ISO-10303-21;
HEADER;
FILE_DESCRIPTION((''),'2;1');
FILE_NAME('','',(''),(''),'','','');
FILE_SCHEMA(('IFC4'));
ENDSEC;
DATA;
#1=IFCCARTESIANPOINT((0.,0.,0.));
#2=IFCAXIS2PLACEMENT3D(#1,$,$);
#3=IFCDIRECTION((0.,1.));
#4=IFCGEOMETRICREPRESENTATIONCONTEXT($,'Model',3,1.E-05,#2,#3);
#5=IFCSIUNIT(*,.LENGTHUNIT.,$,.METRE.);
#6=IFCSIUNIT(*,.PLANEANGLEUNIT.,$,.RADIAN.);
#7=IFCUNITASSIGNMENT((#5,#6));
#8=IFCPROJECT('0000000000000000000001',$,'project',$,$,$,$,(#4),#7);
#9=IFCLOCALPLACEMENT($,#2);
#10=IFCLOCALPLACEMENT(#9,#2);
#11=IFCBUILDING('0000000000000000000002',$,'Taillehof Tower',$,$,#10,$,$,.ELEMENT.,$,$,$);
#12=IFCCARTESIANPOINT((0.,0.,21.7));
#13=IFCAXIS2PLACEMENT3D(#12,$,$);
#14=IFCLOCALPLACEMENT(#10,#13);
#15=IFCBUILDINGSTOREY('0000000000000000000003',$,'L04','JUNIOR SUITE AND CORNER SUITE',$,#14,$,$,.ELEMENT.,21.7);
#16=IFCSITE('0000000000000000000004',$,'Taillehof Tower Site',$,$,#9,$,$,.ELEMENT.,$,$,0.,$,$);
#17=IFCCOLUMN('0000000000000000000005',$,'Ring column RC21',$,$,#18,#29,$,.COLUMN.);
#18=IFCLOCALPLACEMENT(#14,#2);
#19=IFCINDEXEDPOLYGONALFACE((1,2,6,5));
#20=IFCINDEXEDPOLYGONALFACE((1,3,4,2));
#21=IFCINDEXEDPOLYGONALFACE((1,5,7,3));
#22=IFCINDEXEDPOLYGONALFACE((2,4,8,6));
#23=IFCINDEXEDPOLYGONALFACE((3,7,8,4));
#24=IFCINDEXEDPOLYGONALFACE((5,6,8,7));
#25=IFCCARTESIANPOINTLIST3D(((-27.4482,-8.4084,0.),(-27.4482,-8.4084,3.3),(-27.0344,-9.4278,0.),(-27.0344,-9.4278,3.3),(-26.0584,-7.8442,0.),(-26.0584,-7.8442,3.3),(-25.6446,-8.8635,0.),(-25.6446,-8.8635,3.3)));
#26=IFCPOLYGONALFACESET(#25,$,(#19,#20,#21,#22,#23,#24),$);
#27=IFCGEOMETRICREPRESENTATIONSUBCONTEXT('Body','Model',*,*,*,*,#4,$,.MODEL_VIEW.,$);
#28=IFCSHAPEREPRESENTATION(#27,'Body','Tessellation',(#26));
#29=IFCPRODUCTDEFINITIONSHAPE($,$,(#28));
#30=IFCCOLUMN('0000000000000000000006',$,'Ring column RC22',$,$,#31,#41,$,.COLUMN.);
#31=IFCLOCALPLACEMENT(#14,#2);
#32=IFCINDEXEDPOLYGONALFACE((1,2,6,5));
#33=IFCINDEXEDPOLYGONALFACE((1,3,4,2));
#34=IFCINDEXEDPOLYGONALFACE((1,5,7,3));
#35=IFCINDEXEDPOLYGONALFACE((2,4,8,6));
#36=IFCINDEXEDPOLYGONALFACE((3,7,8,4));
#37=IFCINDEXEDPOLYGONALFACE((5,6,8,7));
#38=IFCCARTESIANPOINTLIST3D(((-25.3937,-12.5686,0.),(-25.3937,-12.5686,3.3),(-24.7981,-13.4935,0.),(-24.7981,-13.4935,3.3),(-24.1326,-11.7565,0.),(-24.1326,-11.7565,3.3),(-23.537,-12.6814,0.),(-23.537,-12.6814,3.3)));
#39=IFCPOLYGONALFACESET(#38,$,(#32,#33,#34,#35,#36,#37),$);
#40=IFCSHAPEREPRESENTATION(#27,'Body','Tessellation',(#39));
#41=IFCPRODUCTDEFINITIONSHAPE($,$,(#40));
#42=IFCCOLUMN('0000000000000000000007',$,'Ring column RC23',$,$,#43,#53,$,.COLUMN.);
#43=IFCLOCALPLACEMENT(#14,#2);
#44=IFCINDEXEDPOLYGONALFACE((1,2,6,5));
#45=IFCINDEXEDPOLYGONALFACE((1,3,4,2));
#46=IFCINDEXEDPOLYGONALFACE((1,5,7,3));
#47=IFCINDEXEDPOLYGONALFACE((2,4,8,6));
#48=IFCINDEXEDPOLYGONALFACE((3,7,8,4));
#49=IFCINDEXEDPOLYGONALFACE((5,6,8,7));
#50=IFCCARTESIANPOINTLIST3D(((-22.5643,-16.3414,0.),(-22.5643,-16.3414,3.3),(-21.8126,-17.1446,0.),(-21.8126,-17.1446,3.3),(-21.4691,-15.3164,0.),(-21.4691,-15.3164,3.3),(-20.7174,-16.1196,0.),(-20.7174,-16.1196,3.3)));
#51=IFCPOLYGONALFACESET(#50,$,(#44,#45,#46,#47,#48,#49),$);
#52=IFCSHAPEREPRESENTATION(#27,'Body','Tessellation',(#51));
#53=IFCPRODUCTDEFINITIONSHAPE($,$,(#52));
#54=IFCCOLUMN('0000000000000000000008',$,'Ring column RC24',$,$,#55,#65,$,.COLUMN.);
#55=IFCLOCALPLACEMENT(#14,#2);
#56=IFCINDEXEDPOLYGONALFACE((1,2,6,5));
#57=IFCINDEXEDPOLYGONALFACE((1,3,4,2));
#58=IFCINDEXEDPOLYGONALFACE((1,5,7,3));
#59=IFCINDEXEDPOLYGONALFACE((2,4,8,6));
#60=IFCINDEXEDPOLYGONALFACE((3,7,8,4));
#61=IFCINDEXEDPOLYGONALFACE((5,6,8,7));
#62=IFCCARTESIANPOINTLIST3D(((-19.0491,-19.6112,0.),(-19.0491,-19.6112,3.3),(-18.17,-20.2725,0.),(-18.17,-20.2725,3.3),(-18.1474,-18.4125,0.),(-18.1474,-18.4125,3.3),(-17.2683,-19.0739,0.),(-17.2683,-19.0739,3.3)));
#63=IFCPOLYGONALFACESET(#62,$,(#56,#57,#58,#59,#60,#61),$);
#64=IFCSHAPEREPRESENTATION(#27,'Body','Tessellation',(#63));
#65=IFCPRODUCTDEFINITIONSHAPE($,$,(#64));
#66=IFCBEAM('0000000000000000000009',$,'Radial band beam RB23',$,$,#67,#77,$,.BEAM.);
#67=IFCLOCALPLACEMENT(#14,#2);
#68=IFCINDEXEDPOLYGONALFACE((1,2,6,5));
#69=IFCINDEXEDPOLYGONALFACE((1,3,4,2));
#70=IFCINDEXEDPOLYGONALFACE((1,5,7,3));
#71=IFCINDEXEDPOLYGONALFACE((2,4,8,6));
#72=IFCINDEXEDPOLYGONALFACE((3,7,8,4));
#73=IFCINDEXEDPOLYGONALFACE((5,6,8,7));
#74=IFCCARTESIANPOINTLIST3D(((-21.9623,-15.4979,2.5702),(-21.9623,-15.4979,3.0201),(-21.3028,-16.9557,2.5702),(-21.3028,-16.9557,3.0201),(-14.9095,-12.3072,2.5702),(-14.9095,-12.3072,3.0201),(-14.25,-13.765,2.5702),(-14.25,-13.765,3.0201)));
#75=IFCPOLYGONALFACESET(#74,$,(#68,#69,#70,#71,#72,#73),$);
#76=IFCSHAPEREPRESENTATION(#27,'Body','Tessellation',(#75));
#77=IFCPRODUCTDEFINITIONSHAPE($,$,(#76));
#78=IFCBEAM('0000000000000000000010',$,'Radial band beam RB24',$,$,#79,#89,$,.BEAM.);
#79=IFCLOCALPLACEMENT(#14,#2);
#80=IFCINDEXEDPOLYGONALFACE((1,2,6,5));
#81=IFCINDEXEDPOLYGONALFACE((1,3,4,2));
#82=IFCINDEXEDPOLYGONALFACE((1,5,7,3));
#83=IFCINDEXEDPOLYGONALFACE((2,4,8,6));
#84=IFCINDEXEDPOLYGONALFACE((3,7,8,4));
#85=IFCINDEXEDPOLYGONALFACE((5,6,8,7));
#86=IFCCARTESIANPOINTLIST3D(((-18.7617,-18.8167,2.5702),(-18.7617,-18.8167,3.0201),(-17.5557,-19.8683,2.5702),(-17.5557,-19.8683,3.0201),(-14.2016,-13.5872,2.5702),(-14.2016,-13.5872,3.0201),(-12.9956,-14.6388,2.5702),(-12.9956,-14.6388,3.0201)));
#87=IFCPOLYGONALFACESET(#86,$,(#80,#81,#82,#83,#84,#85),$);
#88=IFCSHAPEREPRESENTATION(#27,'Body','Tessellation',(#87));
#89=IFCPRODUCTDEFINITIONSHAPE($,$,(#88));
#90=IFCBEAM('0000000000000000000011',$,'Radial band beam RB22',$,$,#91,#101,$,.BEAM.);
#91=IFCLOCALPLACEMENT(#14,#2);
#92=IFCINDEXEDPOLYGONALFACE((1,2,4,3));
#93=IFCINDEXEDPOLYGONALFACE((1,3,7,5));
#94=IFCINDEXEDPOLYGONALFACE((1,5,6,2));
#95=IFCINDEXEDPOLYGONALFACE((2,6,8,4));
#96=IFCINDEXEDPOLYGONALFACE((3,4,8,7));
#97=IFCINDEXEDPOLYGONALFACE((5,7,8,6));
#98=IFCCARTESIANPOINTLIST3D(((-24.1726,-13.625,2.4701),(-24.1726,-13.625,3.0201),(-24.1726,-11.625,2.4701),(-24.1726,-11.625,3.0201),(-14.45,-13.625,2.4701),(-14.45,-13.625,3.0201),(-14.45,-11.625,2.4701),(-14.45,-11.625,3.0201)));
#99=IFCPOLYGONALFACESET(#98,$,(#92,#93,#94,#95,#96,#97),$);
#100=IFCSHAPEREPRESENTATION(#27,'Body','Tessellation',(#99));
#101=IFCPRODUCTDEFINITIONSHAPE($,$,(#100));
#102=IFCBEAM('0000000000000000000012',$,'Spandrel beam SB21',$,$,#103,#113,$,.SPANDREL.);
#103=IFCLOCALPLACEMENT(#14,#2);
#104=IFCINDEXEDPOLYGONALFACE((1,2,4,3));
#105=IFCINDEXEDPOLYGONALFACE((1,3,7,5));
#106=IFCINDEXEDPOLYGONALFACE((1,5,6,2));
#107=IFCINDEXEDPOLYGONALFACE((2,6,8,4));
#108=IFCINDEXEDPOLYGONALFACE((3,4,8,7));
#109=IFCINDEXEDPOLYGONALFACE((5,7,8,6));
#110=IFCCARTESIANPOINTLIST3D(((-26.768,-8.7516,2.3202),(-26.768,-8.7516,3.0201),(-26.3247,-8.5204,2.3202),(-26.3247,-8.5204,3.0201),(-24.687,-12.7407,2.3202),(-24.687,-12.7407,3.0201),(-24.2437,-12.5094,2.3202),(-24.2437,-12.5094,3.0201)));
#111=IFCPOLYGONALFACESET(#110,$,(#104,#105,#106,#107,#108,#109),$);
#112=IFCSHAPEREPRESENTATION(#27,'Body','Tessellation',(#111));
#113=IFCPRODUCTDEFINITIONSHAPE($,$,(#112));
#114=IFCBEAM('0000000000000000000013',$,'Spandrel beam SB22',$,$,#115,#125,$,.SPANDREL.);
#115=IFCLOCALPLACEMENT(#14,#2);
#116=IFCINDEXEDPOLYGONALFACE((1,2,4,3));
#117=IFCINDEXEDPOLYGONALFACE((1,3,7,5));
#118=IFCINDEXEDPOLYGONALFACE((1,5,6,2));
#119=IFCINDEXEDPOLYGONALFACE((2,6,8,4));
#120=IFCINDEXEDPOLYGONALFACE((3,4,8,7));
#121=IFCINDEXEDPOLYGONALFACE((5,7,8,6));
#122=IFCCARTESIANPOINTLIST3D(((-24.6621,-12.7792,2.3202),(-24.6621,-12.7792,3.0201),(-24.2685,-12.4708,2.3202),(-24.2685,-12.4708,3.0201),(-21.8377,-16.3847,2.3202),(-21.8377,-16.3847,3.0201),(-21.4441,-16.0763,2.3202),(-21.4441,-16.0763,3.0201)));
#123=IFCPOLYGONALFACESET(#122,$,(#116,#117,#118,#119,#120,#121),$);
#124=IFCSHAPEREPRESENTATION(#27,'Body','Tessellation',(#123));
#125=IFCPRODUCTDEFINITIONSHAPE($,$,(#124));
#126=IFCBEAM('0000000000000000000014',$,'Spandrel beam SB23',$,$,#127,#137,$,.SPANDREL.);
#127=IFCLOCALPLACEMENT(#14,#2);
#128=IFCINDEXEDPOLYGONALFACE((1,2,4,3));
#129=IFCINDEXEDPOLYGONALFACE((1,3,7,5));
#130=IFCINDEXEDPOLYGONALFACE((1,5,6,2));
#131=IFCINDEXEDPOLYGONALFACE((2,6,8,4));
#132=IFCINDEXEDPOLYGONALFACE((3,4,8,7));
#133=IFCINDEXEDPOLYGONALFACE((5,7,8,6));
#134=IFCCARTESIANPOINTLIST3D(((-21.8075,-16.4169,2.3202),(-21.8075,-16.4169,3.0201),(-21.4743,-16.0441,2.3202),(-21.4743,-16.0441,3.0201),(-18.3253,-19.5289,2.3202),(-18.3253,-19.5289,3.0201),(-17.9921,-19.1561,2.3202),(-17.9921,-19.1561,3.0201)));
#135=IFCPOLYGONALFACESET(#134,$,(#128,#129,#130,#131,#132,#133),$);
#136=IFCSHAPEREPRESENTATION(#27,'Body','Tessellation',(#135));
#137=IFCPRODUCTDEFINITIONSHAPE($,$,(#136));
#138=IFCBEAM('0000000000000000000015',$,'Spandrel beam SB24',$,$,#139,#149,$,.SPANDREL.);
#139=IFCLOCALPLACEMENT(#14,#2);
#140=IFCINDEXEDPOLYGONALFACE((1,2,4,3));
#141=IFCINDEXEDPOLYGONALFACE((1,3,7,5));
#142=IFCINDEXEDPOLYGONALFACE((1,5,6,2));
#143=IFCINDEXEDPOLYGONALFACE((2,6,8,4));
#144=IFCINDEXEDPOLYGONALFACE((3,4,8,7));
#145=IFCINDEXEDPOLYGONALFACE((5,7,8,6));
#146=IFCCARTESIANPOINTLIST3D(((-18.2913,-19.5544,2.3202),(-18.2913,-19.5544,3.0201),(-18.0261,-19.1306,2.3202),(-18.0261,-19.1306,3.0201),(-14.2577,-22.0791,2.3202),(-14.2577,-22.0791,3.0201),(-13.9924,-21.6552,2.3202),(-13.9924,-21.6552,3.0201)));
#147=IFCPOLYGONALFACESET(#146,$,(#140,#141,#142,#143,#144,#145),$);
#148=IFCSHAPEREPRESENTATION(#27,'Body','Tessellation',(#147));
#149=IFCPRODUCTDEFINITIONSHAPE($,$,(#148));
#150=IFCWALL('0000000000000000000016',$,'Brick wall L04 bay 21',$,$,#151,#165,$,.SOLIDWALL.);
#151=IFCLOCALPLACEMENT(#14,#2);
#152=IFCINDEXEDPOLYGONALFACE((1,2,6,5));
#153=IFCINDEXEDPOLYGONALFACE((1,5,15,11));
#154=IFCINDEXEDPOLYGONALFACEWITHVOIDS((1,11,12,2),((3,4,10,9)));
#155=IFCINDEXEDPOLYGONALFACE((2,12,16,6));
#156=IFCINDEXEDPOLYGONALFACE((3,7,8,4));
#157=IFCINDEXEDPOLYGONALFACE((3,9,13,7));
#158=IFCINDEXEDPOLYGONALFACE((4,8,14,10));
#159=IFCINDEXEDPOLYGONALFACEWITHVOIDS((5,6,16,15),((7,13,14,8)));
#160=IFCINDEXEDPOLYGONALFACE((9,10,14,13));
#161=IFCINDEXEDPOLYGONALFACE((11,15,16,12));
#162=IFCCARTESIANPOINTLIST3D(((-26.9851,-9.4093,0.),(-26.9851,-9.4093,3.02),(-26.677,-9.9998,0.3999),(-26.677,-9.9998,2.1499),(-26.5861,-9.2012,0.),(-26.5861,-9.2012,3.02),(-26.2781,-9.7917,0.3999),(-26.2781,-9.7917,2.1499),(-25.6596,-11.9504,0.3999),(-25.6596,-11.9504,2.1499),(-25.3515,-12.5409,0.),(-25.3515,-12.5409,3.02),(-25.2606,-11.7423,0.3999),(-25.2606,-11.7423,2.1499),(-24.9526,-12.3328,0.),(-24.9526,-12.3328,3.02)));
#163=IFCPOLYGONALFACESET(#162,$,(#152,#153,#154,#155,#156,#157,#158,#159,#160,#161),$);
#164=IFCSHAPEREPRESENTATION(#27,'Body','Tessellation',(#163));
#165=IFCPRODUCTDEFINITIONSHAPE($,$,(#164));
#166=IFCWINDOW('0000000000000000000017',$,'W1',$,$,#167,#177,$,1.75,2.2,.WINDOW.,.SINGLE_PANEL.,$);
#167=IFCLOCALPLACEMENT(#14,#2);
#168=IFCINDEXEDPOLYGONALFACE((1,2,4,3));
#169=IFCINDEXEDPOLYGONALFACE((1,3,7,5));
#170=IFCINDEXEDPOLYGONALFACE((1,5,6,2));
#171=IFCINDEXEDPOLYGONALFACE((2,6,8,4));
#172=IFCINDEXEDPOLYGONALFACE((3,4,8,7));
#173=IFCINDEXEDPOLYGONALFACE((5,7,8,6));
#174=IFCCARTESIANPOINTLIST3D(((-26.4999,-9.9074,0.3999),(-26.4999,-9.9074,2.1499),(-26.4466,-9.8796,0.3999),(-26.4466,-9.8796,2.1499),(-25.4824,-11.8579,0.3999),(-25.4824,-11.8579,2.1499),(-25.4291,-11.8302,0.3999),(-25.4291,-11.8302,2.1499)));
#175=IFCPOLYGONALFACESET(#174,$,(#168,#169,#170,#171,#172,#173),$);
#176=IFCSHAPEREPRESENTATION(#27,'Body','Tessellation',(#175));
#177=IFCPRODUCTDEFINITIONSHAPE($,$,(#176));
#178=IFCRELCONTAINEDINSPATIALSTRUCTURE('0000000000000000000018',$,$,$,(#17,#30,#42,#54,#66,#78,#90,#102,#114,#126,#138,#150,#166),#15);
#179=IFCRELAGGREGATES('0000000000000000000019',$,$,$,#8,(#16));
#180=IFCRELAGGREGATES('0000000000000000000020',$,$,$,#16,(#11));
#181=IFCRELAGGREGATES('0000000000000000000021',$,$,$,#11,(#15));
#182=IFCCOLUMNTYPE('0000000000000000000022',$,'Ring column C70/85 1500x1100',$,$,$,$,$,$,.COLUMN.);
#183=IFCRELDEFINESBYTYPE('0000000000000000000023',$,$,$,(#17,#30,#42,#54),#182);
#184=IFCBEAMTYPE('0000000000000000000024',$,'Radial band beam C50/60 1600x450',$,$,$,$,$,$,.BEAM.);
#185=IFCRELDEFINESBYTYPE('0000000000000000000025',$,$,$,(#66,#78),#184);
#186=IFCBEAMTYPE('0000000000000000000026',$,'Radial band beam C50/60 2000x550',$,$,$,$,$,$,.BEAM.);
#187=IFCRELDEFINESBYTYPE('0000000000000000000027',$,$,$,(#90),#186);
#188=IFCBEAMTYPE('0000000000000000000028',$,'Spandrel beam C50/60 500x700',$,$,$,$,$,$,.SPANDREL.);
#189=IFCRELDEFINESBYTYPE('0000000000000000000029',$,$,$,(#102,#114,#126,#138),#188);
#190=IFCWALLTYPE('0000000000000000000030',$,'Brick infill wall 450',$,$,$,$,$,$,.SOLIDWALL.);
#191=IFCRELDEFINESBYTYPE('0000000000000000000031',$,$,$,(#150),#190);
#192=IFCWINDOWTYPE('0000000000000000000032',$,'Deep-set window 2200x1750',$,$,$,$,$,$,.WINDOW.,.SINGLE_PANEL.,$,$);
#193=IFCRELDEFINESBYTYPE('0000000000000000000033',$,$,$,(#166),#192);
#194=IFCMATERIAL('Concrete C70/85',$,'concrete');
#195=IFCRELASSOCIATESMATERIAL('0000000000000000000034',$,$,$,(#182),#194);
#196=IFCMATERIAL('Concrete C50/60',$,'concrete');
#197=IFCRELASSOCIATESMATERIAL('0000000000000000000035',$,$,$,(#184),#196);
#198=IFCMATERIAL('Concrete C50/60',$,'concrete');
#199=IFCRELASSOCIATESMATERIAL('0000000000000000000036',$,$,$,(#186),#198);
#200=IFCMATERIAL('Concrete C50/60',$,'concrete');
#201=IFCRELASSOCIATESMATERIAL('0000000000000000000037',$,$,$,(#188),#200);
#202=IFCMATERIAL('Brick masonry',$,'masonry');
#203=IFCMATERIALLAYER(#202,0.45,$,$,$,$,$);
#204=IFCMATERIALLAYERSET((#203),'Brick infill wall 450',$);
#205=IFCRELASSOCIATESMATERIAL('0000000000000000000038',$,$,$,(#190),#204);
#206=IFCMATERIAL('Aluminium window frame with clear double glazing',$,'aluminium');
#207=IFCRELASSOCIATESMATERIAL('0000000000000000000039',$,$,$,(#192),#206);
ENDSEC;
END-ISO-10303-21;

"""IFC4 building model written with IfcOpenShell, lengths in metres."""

from ifc_helpers import new_model, si_unit, direction, frame, frame_2d, origin, origin_2d, place, context, subcontext, project, spatial, rectangle, extrude, material, layer, layer_set, material_profile, profile_set, type_object, element, fill, save


model = new_model("IFC4")

# Units and contexts
model_context = context("Model", 3, precision=1e-05, world=origin(), true_north=direction((0.0, 1.0)))
body_context = subcontext(model_context, "Body", "Model", "MODEL_VIEW")
ifc_project = project(units=[si_unit("LENGTHUNIT", "METRE"), si_unit("PLANEANGLEUNIT", "RADIAN")], contexts=[model_context])

# Site, building, storey
site_placement = place(None, origin())
site = spatial("IfcSite", under=ifc_project, at=site_placement, Name="Taillehof Tower Site", CompositionType="ELEMENT", RefElevation=0.0)
building_placement = place(site_placement, origin())
building = spatial("IfcBuilding", under=site, at=building_placement, Name="Taillehof Tower", CompositionType="ELEMENT")
storey_placement = place(building_placement, frame((0.0, 0.0, 21.7)))
storey = spatial("IfcBuildingStorey", under=building, at=storey_placement, Name="L04", Description="JUNIOR SUITE AND CORNER SUITE", CompositionType="ELEMENT", Elevation=21.7)

# Columns
ifc_material_1 = material(Name="Concrete C70/85", Category="concrete")
ifc_material_profile_1 = material_profile(ifc_material_1, rectangle(XDim=1.5, YDim=1.1001, at=origin_2d()), Name="RC 1500x1100")
ifc_profile_set_1 = profile_set([ifc_material_profile_1], Name="Concrete C70/85")
column_type = type_object("IfcColumnType", Name="Ring column C70/85 1500x1100", PredefinedType="COLUMN", material=ifc_profile_set_1)
for number, where, z_axis, x_axis, name in (
    (1, (-26.5464, -8.636, 0.0), (0.0, 0.0, 1.0), (-0.926558, -0.376152, 0.0), "Ring column RC21"),
    (2, (-24.4653, -12.625, 0.0), (0.0, 0.0, 1.0), (-0.840754, -0.541418, 0.0), "Ring column RC22"),
    (3, (-21.6409, -16.2305, 0.0), (0.0, 0.0, 1.0), (-0.730113, -0.683326, 0.0), "Ring column RC23"),
    (4, (-18.1587, -19.3425, 0.0), (0.0, 0.0, 1.0), (-0.601174, -0.799118, 0.0), "Ring column RC24"),
):
    element("IfcColumn", number, at=place(storey_placement, frame(where, z_axis=z_axis, x_axis=x_axis)), inside=storey, type_object=column_type, Name=name, PredefinedType="COLUMN", context=body_context, shape_type="SweptSolid", body=[
        extrude(rectangle(XDim=1.5, YDim=1.1001, at=origin_2d()), origin(), (0.0, 0.0, 1.0), 3.3),
    ])

# Beams
ifc_material_2 = material(Name="Concrete C50/60", Category="concrete")
ifc_material_profile_2 = material_profile(ifc_material_2, rectangle(XDim=1.6001, YDim=0.45, at=origin_2d()), Name="RC 1600x450")
ifc_profile_set_2 = profile_set([ifc_material_profile_2], Name="Concrete C50/60")
beam_type_1 = type_object("IfcBeamType", Name="Radial band beam C50/60 1600x450", PredefinedType="BEAM", material=ifc_profile_set_2)
beam_1_placement = place(storey_placement, frame((-21.6326, -16.2268, 2.7952), z_axis=(0.911101, 0.412184, 0.0), x_axis=(-0.412184, 0.911101, 0.0)))
element("IfcBeam", 5, at=beam_1_placement, inside=storey, type_object=beam_type_1, Name="Radial band beam RB23", PredefinedType="BEAM", context=body_context, shape_type="SweptSolid", body=[
    extrude(rectangle(XDim=1.6001, YDim=0.45, at=origin_2d()), origin(), (0.0, 0.0, 1.0), 7.741),
])
beam_2_placement = place(storey_placement, frame((-18.1587, -19.3425, 2.7952), z_axis=(0.657218, 0.7537, 0.0), x_axis=(-0.7537, 0.657218, 0.0)))
element("IfcBeam", 6, at=beam_2_placement, inside=storey, type_object=beam_type_1, Name="Radial band beam RB24", PredefinedType="BEAM", context=body_context, shape_type="SweptSolid", body=[
    extrude(rectangle(XDim=1.6001, YDim=0.45, at=origin_2d()), origin(), (0.0, 0.0, 1.0), 6.9385),
])
ifc_material_3 = material(Name="Concrete C50/60", Category="concrete")
ifc_material_profile_3 = material_profile(ifc_material_3, rectangle(XDim=2.0, YDim=0.55, at=origin_2d()), Name="RC 2000x550")
ifc_profile_set_3 = profile_set([ifc_material_profile_3], Name="Concrete C50/60")
beam_type_2 = type_object("IfcBeamType", Name="Radial band beam C50/60 2000x550", PredefinedType="BEAM", material=ifc_profile_set_3)
beam_3_placement = place(storey_placement, frame((-24.1726, -12.625, 2.7451), z_axis=(1.0, 0.0, 0.0), x_axis=(0.0, 1.0, 0.0)))
element("IfcBeam", 7, at=beam_3_placement, inside=storey, type_object=beam_type_2, Name="Radial band beam RB22", PredefinedType="BEAM", context=body_context, shape_type="SweptSolid", body=[
    extrude(rectangle(XDim=2.0, YDim=0.55, at=origin_2d()), origin(), (0.0, 0.0, 1.0), 9.7227),
])
ifc_material_4 = material(Name="Concrete C50/60", Category="concrete")
ifc_material_profile_4 = material_profile(ifc_material_4, rectangle(XDim=0.5, YDim=0.7, at=origin_2d()), Name="RC 500x700")
ifc_profile_set_4 = profile_set([ifc_material_profile_4], Name="Concrete C50/60")
beam_type_3 = type_object("IfcBeamType", Name="Spandrel beam C50/60 500x700", PredefinedType="SPANDREL", material=ifc_profile_set_4)
beam_4_placement = place(storey_placement, frame((-26.5464, -8.636, 2.6702), z_axis=(0.462536, -0.8866, 0.0), x_axis=(0.8866, 0.462536, 0.0)))
element("IfcBeam", 8, at=beam_4_placement, inside=storey, type_object=beam_type_3, Name="Spandrel beam SB21", PredefinedType="SPANDREL", context=body_context, shape_type="SweptSolid", body=[
    extrude(rectangle(XDim=0.5, YDim=0.7, at=origin_2d()), origin(), (0.0, 0.0, 1.0), 4.4993),
])
beam_5_placement = place(storey_placement, frame((-24.4653, -12.625, 2.6702), z_axis=(0.616686, -0.787209, 0.0), x_axis=(0.787209, 0.616686, 0.0)))
element("IfcBeam", 9, at=beam_5_placement, inside=storey, type_object=beam_type_3, Name="Spandrel beam SB22", PredefinedType="SPANDREL", context=body_context, shape_type="SweptSolid", body=[
    extrude(rectangle(XDim=0.5, YDim=0.7, at=origin_2d()), origin(), (0.0, 0.0, 1.0), 4.5801),
])
beam_6_placement = place(storey_placement, frame((-21.6409, -16.2305, 2.6702), z_axis=(0.745621, -0.66637, 0.0), x_axis=(0.66637, 0.745621, 0.0)))
element("IfcBeam", 10, at=beam_6_placement, inside=storey, type_object=beam_type_3, Name="Spandrel beam SB23", PredefinedType="SPANDREL", context=body_context, shape_type="SweptSolid", body=[
    extrude(rectangle(XDim=0.5, YDim=0.7, at=origin_2d()), origin(), (0.0, 0.0, 1.0), 4.6702),
])
beam_7_placement = place(storey_placement, frame((-18.1587, -19.3425, 2.6702), z_axis=(0.847658, -0.530543, 0.0), x_axis=(0.530543, 0.847658, 0.0)))
element("IfcBeam", 11, at=beam_7_placement, inside=storey, type_object=beam_type_3, Name="Spandrel beam SB24", PredefinedType="SPANDREL", context=body_context, shape_type="SweptSolid", body=[
    extrude(rectangle(XDim=0.5, YDim=0.7, at=origin_2d()), origin(), (0.0, 0.0, 1.0), 4.7585),
])

# Wall, opening, window
ifc_material_5 = material(Name="Brick masonry", Category="masonry")
ifc_layer_1 = layer(ifc_material_5, 0.45)
ifc_layer_set_1 = layer_set([ifc_layer_1], Name="Brick infill wall 450")
wall_type_1 = type_object("IfcWallType", Name="Brick infill wall 450", PredefinedType="SOLIDWALL", material=ifc_layer_set_1)
wall_1_placement = place(storey_placement, frame((-26.7856, -9.3052, 0.0), z_axis=(0.0, 0.0, 1.0), x_axis=(0.462493, -0.886623, 0.0)))
wall_1 = element("IfcWall", 12, at=wall_1_placement, inside=storey, type_object=wall_type_1, Name="Brick wall L04 bay 21", PredefinedType="SOLIDWALL", context=body_context, shape_type="SweptSolid", body=[
    extrude(rectangle(XDim=3.532, YDim=0.45, at=frame_2d((1.7661, 0.0))), origin(), (0.0, 0.0, 1.0), 3.02),
])
opening_1_placement = place(wall_1_placement, frame((0.666, 0.0, 0.3999)))
opening_1 = element("IfcOpeningElement", 13, at=opening_1_placement, cuts=wall_1, PredefinedType="OPENING", context=body_context, shape_type="SweptSolid", body=[
    extrude(rectangle(XDim=2.2, YDim=1.75, at=frame_2d((1.1001, 0.875))), frame((0.0, 0.2349, 0.0), z_axis=(0.0, -1.0, 0.0), x_axis=(1.0, 0.0, 0.0)), (0.0, 0.0, 1.0), 0.47),
])
ifc_material_6 = material(Name="Aluminium window frame with clear double glazing", Category="aluminium")
window_type = type_object("IfcWindowType", Name="Deep-set window 2200x1750", PartitioningType="SINGLE_PANEL", PredefinedType="WINDOW", material=ifc_material_6)
window_1_placement = place(opening_1_placement, origin())
window_1 = element("IfcWindow", 14, at=window_1_placement, inside=storey, type_object=window_type, Name="W1", OverallHeight=1.75, OverallWidth=2.2, PartitioningType="SINGLE_PANEL", PredefinedType="WINDOW", context=body_context, shape_type="SweptSolid", body=[
    extrude(rectangle(XDim=2.2, YDim=1.75, at=frame_2d((1.1001, 0.875))), frame((0.0, 0.0349, 0.0), z_axis=(0.0, -1.0, 0.0), x_axis=(1.0, 0.0, 0.0)), (0.0, 0.0, 1.0), 0.0601),
])
fill(opening_1, window_1)

save(model, "model.ifc")
